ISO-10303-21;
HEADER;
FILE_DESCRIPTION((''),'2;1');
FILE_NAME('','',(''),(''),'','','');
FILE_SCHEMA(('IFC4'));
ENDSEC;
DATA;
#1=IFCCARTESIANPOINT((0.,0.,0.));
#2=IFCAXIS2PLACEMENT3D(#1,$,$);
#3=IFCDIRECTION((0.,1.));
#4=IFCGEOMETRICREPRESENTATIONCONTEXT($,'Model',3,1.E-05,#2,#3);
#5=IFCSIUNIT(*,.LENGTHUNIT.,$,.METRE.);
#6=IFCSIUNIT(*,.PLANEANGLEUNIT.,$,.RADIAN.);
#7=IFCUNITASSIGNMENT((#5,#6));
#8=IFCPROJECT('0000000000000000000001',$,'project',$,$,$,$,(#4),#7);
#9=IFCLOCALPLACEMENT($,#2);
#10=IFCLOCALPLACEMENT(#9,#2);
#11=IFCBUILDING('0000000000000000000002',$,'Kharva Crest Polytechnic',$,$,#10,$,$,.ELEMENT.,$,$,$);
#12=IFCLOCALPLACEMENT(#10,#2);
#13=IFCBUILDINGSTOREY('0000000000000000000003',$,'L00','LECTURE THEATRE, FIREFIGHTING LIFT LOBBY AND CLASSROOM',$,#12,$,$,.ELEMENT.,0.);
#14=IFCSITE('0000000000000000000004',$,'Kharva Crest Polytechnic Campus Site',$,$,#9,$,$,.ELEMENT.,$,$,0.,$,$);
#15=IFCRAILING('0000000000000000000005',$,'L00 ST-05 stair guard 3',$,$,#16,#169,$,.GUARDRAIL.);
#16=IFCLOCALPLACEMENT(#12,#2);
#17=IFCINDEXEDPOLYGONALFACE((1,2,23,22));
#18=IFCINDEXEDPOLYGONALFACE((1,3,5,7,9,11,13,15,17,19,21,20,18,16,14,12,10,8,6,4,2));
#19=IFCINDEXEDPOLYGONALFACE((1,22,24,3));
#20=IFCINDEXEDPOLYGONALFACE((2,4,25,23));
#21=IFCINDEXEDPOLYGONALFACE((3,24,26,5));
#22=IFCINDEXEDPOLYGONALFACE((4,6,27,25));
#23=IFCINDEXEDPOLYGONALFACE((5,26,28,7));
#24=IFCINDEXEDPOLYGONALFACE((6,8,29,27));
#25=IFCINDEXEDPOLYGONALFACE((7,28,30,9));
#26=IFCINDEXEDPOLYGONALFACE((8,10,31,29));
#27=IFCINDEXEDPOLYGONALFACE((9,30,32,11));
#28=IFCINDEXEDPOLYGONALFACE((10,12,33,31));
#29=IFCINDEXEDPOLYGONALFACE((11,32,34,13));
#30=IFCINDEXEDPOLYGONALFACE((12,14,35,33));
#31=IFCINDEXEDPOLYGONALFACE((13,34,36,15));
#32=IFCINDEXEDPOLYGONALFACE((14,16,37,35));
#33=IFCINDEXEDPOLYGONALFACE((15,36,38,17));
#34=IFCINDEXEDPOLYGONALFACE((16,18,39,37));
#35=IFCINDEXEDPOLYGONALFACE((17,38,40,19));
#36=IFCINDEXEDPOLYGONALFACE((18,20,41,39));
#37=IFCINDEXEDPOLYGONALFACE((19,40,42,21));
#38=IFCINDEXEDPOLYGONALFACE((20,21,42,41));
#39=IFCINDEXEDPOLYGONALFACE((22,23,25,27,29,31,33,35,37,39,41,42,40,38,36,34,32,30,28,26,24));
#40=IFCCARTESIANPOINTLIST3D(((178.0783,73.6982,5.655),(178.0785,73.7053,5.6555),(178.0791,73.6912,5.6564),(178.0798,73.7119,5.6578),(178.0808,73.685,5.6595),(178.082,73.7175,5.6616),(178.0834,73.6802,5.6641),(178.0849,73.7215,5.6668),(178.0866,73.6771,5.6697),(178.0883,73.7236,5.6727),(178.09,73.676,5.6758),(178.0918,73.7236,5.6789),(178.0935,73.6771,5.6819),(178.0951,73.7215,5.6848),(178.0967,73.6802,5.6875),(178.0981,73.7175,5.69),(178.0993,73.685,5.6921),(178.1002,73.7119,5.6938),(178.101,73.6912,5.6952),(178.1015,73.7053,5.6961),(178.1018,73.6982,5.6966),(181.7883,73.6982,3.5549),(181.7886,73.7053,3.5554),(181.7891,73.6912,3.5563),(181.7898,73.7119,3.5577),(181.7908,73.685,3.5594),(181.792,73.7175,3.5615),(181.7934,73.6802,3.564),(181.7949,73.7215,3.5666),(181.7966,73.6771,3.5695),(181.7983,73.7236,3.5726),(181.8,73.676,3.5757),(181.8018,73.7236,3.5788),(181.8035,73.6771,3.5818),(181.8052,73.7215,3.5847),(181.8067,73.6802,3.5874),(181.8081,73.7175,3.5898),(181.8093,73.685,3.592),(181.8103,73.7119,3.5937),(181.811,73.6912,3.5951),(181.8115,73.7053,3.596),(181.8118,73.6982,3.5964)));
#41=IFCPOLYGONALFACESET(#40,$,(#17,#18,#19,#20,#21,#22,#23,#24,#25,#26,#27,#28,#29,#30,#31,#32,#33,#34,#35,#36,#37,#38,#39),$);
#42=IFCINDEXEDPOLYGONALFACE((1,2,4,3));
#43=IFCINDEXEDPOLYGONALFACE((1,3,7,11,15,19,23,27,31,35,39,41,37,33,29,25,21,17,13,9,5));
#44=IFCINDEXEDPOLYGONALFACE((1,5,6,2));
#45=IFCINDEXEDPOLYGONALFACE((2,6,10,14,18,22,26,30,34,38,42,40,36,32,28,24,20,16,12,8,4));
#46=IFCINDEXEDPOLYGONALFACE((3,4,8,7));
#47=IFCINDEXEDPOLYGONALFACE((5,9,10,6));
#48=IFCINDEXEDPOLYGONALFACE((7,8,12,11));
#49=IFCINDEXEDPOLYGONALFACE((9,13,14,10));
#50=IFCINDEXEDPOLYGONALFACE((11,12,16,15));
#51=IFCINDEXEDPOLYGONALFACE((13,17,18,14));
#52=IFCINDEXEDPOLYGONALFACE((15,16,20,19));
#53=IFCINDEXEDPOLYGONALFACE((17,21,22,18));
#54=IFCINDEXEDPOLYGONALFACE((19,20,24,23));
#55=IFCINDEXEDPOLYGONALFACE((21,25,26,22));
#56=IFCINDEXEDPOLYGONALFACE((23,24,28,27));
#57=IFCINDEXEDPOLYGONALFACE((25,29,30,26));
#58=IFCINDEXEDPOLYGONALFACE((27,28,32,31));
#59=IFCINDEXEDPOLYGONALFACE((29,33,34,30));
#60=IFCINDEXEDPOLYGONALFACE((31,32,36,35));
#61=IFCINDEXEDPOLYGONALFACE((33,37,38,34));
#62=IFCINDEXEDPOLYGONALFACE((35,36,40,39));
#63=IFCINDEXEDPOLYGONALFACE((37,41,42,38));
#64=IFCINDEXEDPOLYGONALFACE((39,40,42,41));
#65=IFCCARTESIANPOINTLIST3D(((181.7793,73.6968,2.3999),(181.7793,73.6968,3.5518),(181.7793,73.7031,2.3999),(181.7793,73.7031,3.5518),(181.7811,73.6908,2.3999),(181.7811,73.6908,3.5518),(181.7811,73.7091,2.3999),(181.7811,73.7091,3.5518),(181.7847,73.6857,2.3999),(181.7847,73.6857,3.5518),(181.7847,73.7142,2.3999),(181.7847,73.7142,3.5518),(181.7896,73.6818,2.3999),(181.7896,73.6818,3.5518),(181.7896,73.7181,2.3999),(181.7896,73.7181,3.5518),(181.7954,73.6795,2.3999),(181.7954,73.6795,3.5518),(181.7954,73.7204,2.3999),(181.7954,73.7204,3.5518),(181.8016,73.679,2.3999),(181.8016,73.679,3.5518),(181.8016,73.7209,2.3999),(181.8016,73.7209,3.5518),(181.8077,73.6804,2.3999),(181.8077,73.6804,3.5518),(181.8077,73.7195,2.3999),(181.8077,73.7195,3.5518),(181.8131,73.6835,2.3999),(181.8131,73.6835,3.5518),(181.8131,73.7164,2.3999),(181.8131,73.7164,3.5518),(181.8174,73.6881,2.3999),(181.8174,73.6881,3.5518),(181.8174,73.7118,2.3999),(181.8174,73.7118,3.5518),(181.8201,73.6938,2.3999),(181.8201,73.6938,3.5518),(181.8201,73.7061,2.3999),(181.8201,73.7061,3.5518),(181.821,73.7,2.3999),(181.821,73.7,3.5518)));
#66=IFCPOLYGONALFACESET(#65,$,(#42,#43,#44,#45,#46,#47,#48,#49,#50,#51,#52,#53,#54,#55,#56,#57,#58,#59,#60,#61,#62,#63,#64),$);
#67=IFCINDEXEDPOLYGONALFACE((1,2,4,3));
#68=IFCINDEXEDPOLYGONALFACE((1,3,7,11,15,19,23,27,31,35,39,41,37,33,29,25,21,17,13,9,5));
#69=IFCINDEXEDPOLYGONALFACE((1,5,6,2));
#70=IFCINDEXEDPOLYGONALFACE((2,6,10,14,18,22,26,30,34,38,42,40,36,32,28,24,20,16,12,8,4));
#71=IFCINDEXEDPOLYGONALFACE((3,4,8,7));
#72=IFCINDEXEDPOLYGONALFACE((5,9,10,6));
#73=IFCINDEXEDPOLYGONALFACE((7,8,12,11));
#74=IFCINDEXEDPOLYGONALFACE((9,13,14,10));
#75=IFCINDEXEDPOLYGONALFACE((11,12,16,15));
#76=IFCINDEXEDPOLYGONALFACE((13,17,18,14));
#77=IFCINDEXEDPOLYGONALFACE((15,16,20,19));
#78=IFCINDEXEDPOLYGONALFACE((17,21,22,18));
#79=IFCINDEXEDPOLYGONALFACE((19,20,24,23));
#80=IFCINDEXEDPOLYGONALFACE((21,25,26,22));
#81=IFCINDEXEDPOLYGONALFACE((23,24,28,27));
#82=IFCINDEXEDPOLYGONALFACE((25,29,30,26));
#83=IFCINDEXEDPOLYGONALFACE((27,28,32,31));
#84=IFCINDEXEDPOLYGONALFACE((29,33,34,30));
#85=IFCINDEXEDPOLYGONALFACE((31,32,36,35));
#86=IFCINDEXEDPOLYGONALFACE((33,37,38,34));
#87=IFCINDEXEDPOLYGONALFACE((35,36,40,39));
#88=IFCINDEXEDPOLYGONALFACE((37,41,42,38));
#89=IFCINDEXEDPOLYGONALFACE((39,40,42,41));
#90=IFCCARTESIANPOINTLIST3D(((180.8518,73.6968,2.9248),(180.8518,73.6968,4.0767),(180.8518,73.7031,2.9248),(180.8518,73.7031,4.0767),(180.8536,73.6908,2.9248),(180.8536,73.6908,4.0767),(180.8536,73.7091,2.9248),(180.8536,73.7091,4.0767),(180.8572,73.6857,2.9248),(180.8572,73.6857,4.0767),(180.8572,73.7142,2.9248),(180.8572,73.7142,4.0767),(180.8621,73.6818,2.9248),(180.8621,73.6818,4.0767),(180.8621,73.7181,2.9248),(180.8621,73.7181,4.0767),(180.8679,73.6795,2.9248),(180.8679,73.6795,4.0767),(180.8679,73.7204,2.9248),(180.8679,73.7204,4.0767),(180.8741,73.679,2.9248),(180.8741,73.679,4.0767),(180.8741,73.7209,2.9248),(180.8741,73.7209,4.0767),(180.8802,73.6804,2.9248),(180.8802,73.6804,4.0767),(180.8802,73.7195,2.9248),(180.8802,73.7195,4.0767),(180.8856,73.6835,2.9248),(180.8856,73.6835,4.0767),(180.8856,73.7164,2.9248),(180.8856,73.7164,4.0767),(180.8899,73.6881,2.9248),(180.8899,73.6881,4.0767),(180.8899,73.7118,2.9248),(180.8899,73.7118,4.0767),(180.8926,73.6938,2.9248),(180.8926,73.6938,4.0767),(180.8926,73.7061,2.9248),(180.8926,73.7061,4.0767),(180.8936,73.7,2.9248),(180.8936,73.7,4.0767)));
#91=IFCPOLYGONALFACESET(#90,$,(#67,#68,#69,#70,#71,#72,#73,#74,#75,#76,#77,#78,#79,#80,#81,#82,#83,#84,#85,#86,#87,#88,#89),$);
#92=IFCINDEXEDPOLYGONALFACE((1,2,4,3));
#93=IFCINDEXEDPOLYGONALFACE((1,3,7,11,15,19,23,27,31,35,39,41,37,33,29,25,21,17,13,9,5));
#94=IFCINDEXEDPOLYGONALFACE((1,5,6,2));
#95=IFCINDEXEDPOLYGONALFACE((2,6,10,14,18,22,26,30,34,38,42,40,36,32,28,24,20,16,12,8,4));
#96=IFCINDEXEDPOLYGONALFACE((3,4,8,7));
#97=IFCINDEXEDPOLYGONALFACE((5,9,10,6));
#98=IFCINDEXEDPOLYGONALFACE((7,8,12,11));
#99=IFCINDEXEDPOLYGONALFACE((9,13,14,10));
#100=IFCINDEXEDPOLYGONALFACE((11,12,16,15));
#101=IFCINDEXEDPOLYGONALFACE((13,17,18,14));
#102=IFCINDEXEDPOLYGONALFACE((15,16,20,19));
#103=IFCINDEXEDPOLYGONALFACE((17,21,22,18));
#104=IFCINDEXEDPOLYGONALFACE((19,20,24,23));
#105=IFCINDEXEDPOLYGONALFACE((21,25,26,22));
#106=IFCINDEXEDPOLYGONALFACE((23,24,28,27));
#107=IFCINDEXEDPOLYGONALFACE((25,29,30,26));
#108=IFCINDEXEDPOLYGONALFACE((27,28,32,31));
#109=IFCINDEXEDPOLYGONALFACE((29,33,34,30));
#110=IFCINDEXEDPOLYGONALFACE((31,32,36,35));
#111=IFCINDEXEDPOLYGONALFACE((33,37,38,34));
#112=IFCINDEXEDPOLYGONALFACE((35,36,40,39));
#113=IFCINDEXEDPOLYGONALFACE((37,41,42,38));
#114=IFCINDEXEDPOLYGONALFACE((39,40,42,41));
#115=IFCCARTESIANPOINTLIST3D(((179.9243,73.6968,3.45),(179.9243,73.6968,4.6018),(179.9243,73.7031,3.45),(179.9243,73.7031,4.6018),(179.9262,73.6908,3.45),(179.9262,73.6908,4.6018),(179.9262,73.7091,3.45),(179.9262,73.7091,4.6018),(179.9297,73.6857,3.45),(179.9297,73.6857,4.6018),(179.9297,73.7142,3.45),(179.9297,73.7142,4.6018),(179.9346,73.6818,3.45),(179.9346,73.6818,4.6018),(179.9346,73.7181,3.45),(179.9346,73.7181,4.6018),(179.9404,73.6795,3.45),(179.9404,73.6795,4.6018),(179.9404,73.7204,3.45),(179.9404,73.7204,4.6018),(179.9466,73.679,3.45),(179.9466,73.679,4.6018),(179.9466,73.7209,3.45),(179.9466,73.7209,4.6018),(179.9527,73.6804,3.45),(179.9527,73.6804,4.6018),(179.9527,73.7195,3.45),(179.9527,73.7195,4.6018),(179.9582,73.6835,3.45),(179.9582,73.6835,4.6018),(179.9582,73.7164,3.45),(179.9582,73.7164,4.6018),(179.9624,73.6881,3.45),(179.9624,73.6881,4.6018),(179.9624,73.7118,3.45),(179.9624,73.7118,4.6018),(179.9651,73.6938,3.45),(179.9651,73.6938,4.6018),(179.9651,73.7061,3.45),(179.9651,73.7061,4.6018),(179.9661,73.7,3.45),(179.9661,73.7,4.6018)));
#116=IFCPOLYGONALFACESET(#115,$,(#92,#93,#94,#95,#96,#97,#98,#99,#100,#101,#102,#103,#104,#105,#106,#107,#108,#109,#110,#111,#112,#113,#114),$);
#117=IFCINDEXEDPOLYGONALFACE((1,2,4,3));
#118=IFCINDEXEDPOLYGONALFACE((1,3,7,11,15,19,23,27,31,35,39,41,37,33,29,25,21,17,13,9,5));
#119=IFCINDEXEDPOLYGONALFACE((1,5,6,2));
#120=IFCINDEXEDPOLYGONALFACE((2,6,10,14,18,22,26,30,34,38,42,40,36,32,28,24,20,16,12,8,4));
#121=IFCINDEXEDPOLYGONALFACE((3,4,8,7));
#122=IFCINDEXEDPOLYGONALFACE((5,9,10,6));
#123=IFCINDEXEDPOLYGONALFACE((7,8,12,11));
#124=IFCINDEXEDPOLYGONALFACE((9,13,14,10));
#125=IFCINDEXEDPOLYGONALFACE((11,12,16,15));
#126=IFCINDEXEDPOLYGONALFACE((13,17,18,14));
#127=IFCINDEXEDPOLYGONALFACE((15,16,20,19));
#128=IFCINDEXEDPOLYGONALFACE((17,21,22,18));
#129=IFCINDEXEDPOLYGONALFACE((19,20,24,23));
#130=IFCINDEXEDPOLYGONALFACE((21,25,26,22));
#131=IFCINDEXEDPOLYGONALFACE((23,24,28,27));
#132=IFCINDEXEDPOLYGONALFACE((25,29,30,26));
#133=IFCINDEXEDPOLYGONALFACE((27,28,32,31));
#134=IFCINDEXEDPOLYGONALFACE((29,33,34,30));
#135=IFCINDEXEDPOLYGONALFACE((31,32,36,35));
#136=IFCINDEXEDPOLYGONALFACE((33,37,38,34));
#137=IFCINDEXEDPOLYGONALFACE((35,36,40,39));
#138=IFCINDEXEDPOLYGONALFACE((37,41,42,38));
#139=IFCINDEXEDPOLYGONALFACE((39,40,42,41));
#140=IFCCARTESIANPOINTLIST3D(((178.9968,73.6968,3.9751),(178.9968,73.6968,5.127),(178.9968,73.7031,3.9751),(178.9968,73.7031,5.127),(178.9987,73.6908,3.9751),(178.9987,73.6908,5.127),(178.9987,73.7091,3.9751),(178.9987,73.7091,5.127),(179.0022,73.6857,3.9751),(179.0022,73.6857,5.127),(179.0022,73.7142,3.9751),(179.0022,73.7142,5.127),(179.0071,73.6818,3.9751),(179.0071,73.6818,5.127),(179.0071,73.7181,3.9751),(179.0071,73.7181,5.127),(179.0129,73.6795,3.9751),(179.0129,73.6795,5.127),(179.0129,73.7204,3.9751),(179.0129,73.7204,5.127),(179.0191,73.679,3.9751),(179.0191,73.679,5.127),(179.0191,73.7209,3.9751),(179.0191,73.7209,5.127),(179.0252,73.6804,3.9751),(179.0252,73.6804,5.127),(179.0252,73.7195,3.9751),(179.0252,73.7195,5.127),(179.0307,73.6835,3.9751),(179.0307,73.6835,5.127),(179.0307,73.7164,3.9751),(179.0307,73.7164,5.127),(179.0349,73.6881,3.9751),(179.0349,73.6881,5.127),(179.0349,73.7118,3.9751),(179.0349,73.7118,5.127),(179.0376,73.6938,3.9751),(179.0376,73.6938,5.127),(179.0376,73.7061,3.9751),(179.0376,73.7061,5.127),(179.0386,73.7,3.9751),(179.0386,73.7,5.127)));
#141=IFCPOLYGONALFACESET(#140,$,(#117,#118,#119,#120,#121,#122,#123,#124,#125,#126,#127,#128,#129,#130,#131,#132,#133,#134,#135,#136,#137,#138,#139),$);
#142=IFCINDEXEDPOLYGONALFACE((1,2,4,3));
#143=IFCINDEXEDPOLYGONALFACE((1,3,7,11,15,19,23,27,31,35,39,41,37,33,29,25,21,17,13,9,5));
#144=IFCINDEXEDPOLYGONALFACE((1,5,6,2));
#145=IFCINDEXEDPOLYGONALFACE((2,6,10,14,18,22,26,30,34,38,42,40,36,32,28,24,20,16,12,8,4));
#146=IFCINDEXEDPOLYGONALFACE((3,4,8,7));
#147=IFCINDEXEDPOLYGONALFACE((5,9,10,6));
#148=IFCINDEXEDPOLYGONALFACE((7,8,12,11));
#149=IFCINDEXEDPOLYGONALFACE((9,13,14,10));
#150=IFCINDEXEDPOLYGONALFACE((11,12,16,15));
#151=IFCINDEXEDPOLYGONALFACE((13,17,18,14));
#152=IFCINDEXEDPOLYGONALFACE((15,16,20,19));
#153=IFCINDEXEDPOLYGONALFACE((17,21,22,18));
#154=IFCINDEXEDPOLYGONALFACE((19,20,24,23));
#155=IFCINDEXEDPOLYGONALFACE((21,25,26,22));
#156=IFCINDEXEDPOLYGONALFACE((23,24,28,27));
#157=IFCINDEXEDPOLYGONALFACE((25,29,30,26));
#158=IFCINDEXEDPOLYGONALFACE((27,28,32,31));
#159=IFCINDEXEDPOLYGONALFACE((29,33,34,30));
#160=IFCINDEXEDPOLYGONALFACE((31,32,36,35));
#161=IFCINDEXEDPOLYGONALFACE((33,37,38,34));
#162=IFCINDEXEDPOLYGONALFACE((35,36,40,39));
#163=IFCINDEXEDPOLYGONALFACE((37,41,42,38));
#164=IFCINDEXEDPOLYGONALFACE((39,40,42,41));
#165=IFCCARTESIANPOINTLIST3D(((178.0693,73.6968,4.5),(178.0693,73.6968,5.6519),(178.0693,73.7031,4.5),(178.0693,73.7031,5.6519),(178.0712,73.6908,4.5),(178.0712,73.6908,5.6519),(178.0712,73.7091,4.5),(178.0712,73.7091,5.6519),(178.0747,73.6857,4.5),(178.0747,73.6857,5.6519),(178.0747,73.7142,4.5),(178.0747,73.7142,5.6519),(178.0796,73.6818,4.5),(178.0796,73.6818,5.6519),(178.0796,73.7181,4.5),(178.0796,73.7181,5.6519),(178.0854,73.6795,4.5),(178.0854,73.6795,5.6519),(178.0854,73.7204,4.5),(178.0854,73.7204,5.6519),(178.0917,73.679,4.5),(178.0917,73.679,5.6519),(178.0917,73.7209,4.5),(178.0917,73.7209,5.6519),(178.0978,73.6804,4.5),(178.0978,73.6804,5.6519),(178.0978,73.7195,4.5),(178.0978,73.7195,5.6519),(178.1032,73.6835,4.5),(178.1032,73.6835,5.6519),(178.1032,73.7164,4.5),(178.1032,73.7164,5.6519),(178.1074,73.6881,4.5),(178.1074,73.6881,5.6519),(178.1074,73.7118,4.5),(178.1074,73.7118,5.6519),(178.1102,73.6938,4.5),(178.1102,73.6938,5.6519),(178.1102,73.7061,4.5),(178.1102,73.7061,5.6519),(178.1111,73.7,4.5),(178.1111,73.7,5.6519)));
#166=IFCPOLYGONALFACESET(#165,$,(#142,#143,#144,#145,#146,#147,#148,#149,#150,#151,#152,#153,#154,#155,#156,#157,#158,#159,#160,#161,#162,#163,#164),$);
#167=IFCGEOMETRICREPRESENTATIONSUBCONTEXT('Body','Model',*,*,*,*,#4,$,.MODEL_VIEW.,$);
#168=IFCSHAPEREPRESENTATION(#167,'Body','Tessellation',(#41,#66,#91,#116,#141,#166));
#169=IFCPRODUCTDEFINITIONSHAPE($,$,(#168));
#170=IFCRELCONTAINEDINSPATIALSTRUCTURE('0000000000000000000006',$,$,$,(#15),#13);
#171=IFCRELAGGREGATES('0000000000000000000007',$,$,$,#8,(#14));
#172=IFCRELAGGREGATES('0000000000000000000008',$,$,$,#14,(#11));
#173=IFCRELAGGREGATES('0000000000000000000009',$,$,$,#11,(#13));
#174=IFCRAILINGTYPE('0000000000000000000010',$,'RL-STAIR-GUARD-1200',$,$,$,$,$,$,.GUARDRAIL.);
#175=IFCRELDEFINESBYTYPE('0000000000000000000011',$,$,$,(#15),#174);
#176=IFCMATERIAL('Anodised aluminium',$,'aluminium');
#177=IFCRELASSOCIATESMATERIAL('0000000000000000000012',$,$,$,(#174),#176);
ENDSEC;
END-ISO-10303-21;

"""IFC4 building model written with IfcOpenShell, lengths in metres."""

from ifc_helpers import new_model, si_unit, direction, frame, origin, origin_2d, place, context, subcontext, project, spatial, circle, extrude, material, type_object, element, save


model = new_model("IFC4")

# Units and contexts
model_context = context("Model", 3, precision=1e-05, world=origin(), true_north=direction((0.0, 1.0)))
body_context = subcontext(model_context, "Body", "Model", "MODEL_VIEW")
ifc_project = project(units=[si_unit("LENGTHUNIT", "METRE"), si_unit("PLANEANGLEUNIT", "RADIAN")], contexts=[model_context])

# Site, building, storey
site_placement = place(None, origin())
site = spatial("IfcSite", under=ifc_project, at=site_placement, Name="Kharva Crest Polytechnic Campus Site", CompositionType="ELEMENT", RefElevation=0.0)
building_placement = place(site_placement, origin())
building = spatial("IfcBuilding", under=site, at=building_placement, Name="Kharva Crest Polytechnic", CompositionType="ELEMENT")
storey_placement = place(building_placement, origin())
storey = spatial("IfcBuildingStorey", under=building, at=storey_placement, Name="L00", Description="LECTURE THEATRE, FIREFIGHTING LIFT LOBBY AND CLASSROOM", CompositionType="ELEMENT", Elevation=0.0)

# Shared definitions
ifc_material_1 = material(Name="Anodised aluminium", Category="aluminium")

# Railing
railing_type = type_object("IfcRailingType", Name="RL-STAIR-GUARD-1200", PredefinedType="GUARDRAIL", material=ifc_material_1)
railing_1_placement = place(storey_placement, frame((181.8, 73.7, 2.3999)))
element("IfcRailing", 1, at=railing_1_placement, inside=storey, type_object=railing_type, Name="L00 ST-05 stair guard 3", PredefinedType="GUARDRAIL", context=body_context, shape_type="SweptSolid", body=[
    extrude(circle(Radius=0.0239, at=origin_2d()), frame((0.0, 0.0, 1.1758), z_axis=(-0.870245, 0.0, 0.492619), x_axis=(0.0, -1.0, 0.0)), (0.0, 0.0, 1.0), 4.2632),
    extrude(circle(Radius=0.021, at=origin_2d()), origin(), (0.0, 0.0, 1.0), 1.1519),
    extrude(circle(Radius=0.021, at=origin_2d()), frame((-0.9275, 0.0, 0.5249)), (0.0, 0.0, 1.0), 1.1519),
    extrude(circle(Radius=0.021, at=origin_2d()), frame((-1.855, 0.0, 1.05)), (0.0, 0.0, 1.0), 1.1519),
    extrude(circle(Radius=0.021, at=origin_2d()), frame((-2.7825, 0.0, 1.5752)), (0.0, 0.0, 1.0), 1.1519),
    extrude(circle(Radius=0.021, at=origin_2d()), frame((-3.71, 0.0, 2.1001)), (0.0, 0.0, 1.0), 1.1519),
])

save(model, "model.ifc")
